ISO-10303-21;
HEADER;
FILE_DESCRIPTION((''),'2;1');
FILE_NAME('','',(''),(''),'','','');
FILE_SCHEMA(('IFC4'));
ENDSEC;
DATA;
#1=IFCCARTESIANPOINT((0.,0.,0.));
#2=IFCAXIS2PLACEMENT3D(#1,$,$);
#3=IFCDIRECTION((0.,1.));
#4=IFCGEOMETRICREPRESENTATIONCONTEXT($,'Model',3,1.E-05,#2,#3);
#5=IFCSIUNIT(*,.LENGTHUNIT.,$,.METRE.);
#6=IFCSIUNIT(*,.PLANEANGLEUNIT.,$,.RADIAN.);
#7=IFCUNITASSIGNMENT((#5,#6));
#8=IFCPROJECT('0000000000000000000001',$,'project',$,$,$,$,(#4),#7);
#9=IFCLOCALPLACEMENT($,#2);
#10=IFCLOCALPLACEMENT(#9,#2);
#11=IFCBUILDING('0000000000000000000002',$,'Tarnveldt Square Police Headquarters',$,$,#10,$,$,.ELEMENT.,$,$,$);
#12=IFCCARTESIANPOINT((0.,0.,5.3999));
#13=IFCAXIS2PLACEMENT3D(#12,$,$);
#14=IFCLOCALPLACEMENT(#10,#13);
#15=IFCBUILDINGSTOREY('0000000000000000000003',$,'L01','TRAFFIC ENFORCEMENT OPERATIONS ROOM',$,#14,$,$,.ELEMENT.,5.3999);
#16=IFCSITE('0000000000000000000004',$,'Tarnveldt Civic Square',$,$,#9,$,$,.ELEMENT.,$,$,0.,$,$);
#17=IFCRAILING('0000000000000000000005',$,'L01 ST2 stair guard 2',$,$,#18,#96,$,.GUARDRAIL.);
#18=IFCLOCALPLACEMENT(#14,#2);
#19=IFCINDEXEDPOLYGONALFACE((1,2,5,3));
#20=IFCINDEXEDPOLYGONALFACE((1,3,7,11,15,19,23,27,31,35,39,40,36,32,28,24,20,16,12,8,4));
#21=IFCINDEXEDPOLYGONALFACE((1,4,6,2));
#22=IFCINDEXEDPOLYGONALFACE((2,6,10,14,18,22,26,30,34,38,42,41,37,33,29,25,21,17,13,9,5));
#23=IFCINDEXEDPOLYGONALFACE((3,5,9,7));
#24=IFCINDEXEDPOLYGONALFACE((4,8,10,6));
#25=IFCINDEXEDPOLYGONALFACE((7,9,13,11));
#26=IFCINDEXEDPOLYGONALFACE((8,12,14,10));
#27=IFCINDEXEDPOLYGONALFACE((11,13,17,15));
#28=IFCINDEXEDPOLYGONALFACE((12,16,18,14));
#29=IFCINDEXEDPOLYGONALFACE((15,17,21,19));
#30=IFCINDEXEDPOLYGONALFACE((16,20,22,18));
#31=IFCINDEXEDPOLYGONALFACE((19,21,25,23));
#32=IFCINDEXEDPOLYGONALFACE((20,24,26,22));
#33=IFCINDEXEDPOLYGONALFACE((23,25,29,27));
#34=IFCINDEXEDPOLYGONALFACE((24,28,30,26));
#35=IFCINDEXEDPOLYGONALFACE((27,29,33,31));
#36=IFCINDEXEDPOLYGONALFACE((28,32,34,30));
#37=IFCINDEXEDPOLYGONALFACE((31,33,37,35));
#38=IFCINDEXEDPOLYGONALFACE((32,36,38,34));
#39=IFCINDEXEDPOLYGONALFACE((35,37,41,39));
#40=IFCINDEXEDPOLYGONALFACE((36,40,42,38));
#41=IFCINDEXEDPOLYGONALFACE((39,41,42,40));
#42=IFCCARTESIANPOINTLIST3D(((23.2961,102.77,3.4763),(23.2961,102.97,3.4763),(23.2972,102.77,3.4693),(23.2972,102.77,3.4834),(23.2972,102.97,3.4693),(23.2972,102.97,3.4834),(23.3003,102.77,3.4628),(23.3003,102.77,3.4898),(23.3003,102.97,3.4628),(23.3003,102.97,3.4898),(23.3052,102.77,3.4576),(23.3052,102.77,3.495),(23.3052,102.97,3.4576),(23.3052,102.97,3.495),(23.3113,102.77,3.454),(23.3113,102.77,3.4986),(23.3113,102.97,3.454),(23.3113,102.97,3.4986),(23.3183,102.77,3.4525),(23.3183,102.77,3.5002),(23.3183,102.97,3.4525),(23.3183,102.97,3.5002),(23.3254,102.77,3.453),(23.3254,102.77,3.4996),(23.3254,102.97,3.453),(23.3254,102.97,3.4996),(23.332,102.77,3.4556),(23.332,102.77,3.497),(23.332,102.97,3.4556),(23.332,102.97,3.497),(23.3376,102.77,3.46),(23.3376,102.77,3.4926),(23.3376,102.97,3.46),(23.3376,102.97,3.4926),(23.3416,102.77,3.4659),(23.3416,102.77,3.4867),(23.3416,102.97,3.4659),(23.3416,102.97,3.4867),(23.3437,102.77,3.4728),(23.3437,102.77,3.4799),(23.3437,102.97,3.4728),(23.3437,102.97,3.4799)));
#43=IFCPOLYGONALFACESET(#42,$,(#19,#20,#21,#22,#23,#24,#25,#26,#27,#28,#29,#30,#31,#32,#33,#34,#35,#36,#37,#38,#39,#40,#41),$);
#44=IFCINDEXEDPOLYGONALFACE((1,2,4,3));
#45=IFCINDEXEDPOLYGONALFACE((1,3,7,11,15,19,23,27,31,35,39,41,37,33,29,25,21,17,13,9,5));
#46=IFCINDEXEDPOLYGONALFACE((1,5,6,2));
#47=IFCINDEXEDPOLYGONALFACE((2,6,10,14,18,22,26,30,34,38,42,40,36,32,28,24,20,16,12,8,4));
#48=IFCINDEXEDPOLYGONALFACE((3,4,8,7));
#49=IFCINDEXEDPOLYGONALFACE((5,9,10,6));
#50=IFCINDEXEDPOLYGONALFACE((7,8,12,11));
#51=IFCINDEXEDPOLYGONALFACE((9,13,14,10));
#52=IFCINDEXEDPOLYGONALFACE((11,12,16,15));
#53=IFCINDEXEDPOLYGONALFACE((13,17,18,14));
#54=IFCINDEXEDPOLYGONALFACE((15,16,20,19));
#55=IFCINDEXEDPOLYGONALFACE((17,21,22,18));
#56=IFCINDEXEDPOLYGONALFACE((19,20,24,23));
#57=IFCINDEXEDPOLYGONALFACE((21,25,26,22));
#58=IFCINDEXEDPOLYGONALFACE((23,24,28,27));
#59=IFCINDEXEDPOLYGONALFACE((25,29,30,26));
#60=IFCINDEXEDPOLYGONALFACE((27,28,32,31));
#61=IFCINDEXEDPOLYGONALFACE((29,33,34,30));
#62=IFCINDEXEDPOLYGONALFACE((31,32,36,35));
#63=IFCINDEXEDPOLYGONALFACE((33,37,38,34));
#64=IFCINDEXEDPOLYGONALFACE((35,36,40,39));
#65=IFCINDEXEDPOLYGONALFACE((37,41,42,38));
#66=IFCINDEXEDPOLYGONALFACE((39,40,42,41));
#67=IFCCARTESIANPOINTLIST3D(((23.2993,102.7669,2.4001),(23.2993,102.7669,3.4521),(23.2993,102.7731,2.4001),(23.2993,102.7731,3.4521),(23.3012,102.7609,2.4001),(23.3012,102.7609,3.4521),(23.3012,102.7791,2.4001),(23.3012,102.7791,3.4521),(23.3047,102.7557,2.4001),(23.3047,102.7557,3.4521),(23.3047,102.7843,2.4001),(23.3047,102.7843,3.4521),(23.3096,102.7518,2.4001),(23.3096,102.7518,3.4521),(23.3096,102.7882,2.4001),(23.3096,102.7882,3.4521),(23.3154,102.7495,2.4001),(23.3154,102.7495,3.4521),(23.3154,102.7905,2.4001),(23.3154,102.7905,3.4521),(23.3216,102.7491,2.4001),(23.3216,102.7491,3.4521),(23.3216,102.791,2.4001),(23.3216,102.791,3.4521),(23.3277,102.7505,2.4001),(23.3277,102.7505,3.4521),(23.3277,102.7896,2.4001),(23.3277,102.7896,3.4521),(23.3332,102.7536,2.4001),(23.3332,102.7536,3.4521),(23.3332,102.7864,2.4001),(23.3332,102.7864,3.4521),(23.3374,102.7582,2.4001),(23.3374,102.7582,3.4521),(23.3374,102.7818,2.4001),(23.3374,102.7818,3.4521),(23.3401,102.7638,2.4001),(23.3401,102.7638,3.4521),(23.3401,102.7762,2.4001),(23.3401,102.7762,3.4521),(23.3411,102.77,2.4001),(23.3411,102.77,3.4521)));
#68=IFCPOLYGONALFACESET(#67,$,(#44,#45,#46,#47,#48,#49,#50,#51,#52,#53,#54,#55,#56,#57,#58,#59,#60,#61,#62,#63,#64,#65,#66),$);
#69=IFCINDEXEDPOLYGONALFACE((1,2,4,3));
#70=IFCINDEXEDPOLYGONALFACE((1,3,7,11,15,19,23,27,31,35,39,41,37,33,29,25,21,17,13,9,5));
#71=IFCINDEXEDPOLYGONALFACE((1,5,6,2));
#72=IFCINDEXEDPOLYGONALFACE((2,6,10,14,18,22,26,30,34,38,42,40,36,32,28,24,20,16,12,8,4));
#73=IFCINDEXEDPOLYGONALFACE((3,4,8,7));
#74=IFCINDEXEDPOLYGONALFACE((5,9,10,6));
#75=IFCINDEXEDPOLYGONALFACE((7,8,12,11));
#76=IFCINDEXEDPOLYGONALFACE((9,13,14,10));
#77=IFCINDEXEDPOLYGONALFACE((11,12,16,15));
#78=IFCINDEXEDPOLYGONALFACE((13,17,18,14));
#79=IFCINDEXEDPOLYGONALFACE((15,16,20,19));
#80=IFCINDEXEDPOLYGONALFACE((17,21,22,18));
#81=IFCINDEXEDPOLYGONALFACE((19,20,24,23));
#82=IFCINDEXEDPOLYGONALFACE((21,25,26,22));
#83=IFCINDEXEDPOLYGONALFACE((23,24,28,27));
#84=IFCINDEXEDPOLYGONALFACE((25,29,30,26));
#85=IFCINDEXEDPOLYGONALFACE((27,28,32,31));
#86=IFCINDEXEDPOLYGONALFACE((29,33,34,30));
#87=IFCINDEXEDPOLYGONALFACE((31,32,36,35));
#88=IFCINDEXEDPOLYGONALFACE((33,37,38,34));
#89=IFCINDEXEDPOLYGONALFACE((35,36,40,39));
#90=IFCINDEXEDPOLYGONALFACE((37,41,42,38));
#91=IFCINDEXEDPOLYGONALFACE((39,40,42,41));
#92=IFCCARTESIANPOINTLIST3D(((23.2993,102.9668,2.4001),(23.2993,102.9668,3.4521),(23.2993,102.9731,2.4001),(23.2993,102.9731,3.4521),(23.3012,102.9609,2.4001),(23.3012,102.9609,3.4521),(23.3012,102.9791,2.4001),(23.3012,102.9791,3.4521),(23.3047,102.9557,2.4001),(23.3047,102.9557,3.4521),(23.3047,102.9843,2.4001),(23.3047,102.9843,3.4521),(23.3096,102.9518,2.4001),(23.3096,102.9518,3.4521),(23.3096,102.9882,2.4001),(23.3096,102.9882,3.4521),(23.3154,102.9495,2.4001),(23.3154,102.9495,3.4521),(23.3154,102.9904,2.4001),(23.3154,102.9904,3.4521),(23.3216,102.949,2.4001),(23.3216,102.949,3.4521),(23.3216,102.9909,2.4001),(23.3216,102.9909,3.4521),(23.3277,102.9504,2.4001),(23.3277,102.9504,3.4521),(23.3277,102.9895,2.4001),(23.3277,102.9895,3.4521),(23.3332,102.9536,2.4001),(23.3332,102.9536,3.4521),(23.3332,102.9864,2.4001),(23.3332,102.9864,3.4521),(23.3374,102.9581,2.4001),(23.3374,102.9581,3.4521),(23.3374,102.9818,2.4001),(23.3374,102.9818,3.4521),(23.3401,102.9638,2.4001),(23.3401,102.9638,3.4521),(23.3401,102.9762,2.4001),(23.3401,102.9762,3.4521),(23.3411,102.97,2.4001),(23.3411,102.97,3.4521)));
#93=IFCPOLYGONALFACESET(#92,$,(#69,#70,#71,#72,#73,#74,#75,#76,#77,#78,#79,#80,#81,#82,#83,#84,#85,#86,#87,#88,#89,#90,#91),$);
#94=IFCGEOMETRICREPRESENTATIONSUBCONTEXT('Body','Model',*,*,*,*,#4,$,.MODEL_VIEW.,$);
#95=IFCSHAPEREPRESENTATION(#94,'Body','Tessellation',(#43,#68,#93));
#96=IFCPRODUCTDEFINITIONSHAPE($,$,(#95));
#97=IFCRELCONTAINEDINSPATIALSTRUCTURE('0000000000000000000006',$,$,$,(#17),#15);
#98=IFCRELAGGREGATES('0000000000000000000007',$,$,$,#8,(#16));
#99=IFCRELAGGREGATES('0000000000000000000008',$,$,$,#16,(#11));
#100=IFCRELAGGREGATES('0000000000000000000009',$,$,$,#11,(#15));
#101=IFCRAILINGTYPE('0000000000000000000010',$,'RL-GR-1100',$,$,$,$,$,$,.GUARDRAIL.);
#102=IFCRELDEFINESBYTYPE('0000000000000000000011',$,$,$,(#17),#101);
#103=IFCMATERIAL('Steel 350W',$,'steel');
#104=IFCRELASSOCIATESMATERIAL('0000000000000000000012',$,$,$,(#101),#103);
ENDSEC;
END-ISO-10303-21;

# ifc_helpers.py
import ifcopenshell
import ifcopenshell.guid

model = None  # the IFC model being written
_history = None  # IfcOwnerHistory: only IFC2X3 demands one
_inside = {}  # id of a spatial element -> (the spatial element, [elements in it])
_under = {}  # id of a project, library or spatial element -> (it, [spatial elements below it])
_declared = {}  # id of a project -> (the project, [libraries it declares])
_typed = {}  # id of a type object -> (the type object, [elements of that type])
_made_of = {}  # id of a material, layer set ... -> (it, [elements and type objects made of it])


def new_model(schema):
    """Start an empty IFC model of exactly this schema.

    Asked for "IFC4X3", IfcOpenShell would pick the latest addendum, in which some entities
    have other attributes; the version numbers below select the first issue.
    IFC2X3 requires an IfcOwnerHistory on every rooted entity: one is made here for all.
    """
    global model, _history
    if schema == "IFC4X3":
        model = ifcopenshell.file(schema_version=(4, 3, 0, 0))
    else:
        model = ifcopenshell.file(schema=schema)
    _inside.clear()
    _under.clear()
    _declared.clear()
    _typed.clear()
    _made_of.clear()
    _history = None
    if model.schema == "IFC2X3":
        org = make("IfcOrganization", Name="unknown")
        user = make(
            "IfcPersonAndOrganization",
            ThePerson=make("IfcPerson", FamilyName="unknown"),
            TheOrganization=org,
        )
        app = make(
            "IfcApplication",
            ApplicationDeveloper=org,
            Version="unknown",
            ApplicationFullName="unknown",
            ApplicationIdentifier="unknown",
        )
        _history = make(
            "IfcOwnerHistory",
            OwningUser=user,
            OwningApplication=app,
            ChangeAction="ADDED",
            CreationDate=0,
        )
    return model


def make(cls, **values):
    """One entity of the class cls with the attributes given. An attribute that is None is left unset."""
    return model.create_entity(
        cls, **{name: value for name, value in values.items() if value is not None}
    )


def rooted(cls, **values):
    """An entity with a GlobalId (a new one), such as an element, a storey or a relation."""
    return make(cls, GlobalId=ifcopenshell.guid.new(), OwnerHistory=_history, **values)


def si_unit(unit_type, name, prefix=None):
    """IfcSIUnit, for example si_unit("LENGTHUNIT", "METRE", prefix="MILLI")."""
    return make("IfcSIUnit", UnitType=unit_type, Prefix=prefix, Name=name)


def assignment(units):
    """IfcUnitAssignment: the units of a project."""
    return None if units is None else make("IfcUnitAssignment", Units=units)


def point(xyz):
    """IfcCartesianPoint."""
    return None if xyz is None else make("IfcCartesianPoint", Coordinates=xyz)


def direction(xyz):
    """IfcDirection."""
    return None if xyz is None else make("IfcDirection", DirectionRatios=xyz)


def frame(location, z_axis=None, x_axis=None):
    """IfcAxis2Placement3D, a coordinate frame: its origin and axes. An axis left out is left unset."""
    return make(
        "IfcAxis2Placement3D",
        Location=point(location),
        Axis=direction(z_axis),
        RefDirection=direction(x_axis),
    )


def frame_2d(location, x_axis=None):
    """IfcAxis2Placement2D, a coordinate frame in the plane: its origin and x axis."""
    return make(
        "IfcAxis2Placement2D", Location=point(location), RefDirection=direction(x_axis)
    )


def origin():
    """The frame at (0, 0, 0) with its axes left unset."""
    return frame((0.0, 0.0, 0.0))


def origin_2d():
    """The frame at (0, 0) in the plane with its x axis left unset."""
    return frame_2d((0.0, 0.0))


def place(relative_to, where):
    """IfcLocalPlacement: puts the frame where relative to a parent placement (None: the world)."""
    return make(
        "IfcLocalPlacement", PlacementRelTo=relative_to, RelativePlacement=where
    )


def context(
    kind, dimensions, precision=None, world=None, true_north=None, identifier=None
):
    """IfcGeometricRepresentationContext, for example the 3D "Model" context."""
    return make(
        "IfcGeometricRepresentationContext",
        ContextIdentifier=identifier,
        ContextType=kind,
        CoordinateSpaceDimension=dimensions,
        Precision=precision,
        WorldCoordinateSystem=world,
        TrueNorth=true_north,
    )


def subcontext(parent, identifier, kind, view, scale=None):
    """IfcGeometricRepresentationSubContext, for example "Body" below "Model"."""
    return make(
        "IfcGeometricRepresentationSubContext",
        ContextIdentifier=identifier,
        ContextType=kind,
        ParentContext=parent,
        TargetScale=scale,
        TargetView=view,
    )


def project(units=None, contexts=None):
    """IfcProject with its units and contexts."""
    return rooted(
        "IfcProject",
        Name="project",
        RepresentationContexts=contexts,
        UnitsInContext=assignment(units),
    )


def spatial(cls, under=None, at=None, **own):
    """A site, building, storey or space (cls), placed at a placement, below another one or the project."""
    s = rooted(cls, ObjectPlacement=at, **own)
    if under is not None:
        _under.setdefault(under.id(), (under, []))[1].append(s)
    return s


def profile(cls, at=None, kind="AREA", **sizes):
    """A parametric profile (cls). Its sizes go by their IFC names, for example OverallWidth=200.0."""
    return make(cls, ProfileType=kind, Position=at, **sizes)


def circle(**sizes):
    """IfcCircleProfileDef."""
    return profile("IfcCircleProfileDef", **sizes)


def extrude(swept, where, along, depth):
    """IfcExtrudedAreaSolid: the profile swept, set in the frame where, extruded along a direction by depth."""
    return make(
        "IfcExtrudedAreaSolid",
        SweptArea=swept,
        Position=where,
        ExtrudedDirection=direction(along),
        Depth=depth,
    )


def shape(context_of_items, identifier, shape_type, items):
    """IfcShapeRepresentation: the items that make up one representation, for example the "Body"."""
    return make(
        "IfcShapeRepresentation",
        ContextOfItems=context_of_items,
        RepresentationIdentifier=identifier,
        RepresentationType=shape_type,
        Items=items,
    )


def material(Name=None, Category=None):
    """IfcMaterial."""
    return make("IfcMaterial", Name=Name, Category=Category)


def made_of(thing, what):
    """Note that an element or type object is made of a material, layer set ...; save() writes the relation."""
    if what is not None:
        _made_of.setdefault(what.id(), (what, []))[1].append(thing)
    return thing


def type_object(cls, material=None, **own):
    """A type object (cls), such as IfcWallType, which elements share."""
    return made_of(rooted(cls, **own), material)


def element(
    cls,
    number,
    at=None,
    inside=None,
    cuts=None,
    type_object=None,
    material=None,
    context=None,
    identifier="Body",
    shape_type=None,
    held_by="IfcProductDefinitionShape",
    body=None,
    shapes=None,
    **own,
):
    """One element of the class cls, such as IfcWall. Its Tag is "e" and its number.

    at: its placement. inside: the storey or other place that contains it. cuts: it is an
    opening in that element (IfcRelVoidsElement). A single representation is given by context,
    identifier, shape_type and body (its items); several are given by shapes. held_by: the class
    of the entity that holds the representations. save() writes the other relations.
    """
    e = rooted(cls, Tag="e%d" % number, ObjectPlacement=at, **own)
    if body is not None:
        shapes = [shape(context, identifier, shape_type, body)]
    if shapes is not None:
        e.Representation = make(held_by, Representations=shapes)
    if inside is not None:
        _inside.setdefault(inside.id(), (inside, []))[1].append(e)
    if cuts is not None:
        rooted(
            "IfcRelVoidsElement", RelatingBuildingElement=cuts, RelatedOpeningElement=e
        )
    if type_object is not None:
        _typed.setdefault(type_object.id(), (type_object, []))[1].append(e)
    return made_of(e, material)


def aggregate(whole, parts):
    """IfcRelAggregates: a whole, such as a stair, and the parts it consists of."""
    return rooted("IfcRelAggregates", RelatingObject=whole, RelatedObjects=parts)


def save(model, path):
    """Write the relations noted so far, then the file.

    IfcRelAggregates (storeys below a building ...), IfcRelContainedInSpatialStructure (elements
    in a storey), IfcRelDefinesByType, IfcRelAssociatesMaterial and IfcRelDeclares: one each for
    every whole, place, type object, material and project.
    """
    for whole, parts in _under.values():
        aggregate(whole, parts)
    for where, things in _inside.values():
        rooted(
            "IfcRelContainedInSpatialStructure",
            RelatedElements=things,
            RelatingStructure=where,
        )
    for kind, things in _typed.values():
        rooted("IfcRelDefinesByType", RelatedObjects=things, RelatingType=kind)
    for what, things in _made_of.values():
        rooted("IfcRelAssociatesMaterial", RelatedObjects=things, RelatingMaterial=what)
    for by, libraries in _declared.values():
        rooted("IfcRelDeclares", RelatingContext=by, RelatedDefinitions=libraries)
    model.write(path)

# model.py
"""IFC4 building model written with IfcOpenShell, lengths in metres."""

from ifc_helpers import new_model, si_unit, direction, frame, origin, origin_2d, place, context, subcontext, project, spatial, circle, extrude, material, type_object, element, save


model = new_model("IFC4")

# Units and contexts
model_context = context("Model", 3, precision=1e-05, world=origin(), true_north=direction((0.0, 1.0)))
body_context = subcontext(model_context, "Body", "Model", "MODEL_VIEW")
ifc_project = project(units=[si_unit("LENGTHUNIT", "METRE"), si_unit("PLANEANGLEUNIT", "RADIAN")], contexts=[model_context])

# Site, building, storey
site_placement = place(None, origin())
site = spatial("IfcSite", under=ifc_project, at=site_placement, Name="Tarnveldt Civic Square", CompositionType="ELEMENT", RefElevation=0.0)
building_placement = place(site_placement, origin())
building = spatial("IfcBuilding", under=site, at=building_placement, Name="Tarnveldt Square Police Headquarters", CompositionType="ELEMENT")
storey_placement = place(building_placement, frame((0.0, 0.0, 5.3999)))
storey = spatial("IfcBuildingStorey", under=building, at=storey_placement, Name="L01", Description="TRAFFIC ENFORCEMENT OPERATIONS ROOM", CompositionType="ELEMENT", Elevation=5.3999)

# Shared definitions
ifc_material_1 = material(Name="Steel 350W", Category="steel")

# Railing
railing_type = type_object("IfcRailingType", Name="RL-GR-1100", PredefinedType="GUARDRAIL", material=ifc_material_1)
railing_placement = place(storey_placement, frame((23.3201, 102.77, 2.4001)))
element("IfcRailing", 1, at=railing_placement, inside=storey, type_object=railing_type, Name="L01 ST2 stair guard 2", PredefinedType="GUARDRAIL", context=body_context, shape_type="SweptSolid", body=[
    extrude(circle(Radius=0.0239, at=origin_2d()), frame((0.0, 0.0, 1.0762), z_axis=(0.0, 1.0, 0.0), x_axis=(-1.0, 0.0, 0.0)), (0.0, 0.0, 1.0), 0.2),
    extrude(circle(Radius=0.021, at=origin_2d()), origin(), (0.0, 0.0, 1.0), 1.052),
    extrude(circle(Radius=0.021, at=origin_2d()), frame((0.0, 0.2, 0.0)), (0.0, 0.0, 1.0), 1.052),
])

save(model, "model.ifc")
